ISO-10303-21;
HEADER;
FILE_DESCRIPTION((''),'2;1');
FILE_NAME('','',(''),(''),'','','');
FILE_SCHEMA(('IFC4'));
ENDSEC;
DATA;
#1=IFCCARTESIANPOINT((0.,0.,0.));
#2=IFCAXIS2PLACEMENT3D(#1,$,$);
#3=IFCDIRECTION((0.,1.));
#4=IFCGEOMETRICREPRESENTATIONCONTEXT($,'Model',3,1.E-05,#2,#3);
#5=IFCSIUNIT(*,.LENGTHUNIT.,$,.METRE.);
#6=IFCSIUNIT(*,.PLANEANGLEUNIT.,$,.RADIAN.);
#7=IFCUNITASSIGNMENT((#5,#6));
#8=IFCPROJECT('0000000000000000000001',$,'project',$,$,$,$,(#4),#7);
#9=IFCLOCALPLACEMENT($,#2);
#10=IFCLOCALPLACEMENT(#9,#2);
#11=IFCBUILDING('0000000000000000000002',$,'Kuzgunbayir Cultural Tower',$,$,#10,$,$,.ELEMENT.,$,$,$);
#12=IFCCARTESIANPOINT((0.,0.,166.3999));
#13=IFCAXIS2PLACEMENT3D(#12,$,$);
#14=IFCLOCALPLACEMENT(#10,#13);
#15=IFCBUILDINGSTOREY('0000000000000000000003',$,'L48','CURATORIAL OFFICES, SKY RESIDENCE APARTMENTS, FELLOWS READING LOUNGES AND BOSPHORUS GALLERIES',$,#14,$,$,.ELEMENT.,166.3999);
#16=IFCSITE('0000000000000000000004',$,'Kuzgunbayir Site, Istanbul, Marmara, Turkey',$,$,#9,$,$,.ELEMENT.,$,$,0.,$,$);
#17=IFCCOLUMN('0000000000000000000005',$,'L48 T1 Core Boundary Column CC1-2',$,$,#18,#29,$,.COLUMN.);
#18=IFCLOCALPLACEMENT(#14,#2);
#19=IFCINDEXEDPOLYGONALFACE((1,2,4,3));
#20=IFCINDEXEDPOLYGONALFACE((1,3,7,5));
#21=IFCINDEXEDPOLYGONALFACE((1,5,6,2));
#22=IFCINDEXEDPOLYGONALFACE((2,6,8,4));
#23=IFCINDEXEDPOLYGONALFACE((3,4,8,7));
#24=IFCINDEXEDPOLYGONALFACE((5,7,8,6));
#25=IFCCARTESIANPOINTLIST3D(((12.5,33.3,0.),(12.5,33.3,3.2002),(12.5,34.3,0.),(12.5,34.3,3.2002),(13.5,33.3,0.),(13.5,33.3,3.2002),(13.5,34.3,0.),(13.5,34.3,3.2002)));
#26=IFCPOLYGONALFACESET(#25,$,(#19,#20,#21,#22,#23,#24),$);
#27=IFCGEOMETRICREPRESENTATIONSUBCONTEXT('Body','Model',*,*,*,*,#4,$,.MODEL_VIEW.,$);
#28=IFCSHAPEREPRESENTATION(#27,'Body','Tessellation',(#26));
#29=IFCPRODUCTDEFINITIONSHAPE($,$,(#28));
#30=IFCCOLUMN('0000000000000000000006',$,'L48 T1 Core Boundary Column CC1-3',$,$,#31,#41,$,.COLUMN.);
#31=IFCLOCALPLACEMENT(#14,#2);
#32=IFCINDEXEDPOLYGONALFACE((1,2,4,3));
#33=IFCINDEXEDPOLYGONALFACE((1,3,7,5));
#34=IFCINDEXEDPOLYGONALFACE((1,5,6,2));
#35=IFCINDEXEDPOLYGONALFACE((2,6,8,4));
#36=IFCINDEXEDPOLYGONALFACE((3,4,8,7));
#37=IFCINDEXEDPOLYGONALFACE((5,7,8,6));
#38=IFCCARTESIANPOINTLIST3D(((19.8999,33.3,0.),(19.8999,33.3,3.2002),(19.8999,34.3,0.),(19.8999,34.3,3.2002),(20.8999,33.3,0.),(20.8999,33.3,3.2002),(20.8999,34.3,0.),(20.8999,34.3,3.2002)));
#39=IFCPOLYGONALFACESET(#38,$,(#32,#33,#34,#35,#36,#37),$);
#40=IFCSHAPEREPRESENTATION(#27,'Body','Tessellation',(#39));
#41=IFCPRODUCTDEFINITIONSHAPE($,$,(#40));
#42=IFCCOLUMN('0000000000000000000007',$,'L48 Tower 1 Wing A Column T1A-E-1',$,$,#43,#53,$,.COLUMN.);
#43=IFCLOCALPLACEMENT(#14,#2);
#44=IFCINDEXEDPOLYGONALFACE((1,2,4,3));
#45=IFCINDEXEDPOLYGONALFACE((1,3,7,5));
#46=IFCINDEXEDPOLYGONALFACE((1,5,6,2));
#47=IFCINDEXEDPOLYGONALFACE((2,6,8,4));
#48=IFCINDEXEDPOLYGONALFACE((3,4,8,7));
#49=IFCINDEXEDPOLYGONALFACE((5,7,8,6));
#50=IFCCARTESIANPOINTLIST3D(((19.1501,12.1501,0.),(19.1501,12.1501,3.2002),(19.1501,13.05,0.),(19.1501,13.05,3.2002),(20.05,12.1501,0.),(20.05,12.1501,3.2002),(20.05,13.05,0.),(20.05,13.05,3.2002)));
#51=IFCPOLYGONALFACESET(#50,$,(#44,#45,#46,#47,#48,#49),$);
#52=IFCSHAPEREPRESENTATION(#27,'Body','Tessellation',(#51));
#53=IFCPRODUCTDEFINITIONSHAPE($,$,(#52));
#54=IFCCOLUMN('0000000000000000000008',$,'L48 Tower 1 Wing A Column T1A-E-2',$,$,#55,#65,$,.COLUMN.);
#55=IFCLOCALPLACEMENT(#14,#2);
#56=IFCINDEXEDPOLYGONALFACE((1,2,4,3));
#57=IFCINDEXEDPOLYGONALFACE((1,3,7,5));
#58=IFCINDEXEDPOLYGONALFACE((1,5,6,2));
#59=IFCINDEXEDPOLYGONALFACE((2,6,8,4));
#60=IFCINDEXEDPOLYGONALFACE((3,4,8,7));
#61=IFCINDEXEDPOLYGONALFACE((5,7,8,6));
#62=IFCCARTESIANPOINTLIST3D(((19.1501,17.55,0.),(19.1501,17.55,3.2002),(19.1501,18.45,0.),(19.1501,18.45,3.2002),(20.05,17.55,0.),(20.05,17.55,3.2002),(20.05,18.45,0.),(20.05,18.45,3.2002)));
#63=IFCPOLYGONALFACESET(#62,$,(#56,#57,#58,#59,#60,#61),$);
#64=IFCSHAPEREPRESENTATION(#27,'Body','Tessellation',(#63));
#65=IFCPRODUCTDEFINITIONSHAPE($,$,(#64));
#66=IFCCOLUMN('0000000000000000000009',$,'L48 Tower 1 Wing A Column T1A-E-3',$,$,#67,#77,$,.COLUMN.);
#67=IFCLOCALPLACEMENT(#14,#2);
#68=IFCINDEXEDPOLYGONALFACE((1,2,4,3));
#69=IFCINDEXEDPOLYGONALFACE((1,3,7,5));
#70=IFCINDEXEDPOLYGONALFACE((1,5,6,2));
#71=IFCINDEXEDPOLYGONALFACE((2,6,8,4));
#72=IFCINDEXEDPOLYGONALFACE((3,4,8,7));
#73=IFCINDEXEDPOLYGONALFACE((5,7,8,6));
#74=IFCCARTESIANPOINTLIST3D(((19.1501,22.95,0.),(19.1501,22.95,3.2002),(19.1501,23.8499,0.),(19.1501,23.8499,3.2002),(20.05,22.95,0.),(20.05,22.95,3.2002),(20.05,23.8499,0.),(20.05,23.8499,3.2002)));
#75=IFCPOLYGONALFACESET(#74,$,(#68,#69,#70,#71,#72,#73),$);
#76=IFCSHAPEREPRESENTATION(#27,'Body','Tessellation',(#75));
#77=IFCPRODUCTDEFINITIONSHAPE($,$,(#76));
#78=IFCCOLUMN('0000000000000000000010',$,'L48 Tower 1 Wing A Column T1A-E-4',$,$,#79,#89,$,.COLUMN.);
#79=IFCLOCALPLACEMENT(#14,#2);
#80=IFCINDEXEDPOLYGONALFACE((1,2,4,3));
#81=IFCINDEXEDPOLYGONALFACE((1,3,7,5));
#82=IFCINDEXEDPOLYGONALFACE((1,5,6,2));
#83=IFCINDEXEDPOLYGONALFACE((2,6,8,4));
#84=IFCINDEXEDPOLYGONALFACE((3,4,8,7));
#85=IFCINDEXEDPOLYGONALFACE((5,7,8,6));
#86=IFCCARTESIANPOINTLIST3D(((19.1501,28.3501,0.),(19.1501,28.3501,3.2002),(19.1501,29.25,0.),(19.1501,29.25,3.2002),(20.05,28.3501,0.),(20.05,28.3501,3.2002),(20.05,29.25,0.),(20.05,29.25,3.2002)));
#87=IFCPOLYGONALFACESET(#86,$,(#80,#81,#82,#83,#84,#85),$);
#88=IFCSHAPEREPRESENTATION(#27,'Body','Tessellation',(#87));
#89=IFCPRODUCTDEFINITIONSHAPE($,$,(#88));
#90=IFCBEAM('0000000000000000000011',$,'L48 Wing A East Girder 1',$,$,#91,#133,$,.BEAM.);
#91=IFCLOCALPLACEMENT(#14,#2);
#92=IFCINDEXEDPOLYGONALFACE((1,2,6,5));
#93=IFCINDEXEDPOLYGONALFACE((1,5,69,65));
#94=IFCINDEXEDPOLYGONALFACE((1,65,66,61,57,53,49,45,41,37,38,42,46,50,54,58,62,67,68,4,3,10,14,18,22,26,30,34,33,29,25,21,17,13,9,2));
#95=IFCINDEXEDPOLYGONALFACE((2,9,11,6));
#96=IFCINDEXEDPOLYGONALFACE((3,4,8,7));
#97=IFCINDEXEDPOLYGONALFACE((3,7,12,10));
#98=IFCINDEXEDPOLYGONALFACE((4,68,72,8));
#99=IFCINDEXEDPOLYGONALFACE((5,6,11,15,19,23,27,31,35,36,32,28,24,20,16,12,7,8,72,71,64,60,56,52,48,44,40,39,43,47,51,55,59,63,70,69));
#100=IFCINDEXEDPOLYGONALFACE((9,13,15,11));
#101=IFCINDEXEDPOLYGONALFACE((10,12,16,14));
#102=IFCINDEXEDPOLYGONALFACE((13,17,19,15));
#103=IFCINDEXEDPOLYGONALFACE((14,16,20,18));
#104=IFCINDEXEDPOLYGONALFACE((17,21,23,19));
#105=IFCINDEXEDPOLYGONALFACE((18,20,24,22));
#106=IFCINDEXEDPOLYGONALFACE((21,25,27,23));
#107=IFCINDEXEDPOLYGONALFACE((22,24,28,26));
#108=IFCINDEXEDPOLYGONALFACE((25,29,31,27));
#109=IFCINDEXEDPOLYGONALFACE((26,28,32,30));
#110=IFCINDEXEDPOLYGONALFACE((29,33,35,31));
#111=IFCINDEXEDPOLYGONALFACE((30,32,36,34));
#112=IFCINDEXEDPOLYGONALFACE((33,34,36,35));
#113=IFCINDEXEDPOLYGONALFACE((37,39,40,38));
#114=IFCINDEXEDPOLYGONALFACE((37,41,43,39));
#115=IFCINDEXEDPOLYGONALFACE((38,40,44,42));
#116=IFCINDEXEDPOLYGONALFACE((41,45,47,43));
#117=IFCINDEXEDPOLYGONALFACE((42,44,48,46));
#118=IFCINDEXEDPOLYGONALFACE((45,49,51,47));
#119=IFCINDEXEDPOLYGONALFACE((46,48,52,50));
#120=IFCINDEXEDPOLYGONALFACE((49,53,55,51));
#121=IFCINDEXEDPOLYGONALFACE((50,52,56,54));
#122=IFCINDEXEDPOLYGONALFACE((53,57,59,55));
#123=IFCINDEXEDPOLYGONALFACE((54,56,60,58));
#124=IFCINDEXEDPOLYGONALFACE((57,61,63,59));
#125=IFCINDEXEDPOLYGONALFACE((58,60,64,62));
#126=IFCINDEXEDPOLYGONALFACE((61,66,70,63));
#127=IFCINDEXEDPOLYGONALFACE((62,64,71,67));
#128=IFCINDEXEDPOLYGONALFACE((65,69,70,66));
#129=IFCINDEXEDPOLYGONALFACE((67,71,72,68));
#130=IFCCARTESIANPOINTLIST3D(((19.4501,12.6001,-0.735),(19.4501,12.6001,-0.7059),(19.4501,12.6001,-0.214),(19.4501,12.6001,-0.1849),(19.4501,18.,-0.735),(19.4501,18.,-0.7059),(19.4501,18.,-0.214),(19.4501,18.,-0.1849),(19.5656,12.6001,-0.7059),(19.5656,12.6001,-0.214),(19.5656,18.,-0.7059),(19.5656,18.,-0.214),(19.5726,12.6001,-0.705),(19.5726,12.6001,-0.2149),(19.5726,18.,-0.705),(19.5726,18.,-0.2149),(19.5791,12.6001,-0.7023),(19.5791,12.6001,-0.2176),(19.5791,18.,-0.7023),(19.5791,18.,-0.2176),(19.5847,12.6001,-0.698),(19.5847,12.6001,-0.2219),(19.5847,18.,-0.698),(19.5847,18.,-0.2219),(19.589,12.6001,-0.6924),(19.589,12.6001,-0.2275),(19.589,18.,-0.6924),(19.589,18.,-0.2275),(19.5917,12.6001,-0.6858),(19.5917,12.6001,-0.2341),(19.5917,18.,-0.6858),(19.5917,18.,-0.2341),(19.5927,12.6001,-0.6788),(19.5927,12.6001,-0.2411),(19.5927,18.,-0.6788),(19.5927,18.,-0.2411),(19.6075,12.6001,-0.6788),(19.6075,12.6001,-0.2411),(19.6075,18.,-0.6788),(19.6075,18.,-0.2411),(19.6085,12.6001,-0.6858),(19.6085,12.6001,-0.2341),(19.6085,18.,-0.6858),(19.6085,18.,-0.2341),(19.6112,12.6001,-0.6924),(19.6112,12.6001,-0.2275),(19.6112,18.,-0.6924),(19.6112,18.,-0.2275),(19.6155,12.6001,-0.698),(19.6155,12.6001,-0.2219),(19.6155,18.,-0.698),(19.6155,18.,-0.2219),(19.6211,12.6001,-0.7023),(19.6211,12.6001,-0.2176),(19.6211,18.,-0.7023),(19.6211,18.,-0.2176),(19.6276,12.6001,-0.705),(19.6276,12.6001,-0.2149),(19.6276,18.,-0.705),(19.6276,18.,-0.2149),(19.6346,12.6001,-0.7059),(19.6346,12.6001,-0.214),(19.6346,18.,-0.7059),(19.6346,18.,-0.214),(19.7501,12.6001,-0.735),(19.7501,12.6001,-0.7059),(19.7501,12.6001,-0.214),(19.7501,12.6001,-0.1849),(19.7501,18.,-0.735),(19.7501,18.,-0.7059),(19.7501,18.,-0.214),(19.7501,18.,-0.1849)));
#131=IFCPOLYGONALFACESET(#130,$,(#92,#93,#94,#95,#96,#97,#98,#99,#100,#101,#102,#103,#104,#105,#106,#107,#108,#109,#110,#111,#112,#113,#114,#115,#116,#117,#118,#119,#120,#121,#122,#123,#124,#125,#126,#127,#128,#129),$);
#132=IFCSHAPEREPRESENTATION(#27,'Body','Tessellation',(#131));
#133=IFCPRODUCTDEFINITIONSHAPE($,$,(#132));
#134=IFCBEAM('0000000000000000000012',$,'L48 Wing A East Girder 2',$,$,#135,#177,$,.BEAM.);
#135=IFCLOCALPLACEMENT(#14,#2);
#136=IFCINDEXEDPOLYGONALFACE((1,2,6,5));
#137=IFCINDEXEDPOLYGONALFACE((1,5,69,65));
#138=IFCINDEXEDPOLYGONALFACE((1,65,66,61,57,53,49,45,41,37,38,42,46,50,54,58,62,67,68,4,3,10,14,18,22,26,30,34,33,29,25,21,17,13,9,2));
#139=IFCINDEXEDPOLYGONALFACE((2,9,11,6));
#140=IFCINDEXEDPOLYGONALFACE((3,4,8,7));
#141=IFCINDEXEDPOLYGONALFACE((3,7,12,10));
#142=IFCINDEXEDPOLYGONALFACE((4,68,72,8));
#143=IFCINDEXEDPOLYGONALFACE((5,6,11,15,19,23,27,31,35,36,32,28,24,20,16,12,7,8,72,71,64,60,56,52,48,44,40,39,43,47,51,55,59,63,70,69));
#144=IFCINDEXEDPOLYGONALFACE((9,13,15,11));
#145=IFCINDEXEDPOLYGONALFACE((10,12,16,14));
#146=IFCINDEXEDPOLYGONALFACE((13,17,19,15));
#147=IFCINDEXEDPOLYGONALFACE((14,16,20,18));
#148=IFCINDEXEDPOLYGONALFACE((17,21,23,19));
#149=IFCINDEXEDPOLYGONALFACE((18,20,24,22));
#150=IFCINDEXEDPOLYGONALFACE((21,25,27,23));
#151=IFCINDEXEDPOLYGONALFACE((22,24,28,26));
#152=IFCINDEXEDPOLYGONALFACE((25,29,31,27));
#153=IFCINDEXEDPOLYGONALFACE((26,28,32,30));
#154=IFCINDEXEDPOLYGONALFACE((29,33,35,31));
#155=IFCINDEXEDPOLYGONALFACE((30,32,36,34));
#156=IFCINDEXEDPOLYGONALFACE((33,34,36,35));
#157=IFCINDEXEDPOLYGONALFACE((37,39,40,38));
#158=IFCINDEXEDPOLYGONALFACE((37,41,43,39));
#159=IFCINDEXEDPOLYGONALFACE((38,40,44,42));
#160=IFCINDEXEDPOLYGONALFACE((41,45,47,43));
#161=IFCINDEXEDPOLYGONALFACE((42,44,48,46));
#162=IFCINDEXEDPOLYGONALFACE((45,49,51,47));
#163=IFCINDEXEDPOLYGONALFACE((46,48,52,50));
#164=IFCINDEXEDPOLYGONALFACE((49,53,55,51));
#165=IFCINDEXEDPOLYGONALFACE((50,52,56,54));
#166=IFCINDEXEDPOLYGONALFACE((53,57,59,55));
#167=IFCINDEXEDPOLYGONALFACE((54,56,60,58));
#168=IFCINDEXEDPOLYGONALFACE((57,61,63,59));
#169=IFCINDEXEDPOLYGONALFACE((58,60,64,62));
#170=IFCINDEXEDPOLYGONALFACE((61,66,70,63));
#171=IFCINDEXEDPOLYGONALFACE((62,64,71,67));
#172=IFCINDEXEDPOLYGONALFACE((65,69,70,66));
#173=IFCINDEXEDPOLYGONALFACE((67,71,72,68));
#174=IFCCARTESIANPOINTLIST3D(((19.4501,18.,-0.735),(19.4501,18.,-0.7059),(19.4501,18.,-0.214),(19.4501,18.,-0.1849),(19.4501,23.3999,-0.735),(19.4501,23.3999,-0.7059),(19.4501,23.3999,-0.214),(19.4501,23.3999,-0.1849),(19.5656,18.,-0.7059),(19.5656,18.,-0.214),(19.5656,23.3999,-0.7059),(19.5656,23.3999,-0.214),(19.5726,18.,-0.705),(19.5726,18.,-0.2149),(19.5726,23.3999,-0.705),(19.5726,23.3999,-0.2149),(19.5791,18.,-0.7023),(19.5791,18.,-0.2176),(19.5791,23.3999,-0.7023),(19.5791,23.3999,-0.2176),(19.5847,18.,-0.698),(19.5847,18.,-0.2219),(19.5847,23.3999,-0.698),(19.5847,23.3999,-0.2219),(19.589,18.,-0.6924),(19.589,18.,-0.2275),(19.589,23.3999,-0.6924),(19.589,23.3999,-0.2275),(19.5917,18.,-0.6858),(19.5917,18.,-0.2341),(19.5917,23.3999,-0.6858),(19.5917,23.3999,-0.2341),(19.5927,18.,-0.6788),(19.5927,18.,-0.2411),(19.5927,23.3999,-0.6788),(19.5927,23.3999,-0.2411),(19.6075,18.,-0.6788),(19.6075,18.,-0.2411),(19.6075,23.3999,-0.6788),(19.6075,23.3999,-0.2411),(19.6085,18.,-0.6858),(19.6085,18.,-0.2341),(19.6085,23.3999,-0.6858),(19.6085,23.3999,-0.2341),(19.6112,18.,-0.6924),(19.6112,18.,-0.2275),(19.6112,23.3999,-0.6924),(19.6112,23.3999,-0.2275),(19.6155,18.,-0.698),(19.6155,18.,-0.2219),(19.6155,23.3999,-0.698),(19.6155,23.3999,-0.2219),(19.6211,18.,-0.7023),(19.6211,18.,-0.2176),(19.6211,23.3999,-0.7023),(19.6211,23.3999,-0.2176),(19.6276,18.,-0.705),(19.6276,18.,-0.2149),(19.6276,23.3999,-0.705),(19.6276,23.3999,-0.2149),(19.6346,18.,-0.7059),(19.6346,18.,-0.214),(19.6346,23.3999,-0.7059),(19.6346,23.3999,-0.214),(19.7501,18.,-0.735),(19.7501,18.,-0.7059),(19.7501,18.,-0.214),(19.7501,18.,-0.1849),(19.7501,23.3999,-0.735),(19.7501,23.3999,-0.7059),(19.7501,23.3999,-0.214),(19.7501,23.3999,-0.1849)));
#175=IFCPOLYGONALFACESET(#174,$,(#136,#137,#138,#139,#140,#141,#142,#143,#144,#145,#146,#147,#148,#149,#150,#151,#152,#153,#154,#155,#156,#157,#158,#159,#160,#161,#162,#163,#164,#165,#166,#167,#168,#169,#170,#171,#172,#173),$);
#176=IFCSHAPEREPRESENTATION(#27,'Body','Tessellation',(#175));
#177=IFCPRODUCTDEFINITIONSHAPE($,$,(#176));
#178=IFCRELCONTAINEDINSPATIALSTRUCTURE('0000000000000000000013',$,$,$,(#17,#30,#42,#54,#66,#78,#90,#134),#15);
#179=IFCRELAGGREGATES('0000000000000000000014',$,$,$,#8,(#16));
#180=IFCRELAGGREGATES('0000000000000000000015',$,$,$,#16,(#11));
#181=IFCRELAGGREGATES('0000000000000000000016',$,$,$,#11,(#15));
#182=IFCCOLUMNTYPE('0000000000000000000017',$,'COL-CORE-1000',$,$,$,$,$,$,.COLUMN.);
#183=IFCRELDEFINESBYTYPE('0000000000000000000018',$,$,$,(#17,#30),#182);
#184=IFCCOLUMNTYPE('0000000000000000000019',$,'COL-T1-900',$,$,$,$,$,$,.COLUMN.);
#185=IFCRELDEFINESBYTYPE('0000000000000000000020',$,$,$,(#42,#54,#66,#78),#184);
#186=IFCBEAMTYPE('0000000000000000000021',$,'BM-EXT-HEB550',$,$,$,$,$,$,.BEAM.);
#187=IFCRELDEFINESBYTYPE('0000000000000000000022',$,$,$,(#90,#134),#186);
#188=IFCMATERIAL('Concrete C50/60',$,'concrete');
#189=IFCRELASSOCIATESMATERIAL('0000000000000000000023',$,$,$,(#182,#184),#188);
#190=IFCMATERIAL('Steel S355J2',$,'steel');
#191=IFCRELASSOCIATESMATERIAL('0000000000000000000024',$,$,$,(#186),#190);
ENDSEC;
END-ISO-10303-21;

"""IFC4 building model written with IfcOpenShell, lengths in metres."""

from ifc_helpers import new_model, si_unit, direction, frame, origin, origin_2d, place, context, subcontext, project, spatial, rectangle, i_section, extrude, material, material_profile, profile_set, type_object, element, save


model = new_model("IFC4")

# Units and contexts
model_context = context("Model", 3, precision=1e-05, world=origin(), true_north=direction((0.0, 1.0)))
body_context = subcontext(model_context, "Body", "Model", "MODEL_VIEW")
ifc_project = project(units=[si_unit("LENGTHUNIT", "METRE"), si_unit("PLANEANGLEUNIT", "RADIAN")], contexts=[model_context])

# Site, building, storey
site_placement = place(None, origin())
site = spatial("IfcSite", under=ifc_project, at=site_placement, Name="Kuzgunbayir Site, Istanbul, Marmara, Turkey", CompositionType="ELEMENT", RefElevation=0.0)
building_placement = place(site_placement, origin())
building = spatial("IfcBuilding", under=site, at=building_placement, Name="Kuzgunbayir Cultural Tower", CompositionType="ELEMENT")
storey_placement = place(building_placement, frame((0.0, 0.0, 166.3999)))
storey = spatial("IfcBuildingStorey", under=building, at=storey_placement, Name="L48", Description="CURATORIAL OFFICES, SKY RESIDENCE APARTMENTS, FELLOWS READING LOUNGES AND BOSPHORUS GALLERIES", CompositionType="ELEMENT", Elevation=166.3999)

# Columns
ifc_material_1 = material(Name="Concrete C50/60", Category="concrete")
ifc_material_profile_1 = material_profile(ifc_material_1, rectangle(XDim=1.0, YDim=1.0, at=origin_2d()), Name="RC 1000x1000")
ifc_profile_set_1 = profile_set([ifc_material_profile_1], Name="Concrete C50/60")
column_type_1 = type_object("IfcColumnType", Name="COL-CORE-1000", PredefinedType="COLUMN", material=ifc_profile_set_1)
for number, where, z_axis, x_axis, name in (
    (1, (13.0, 33.8, 0.0), (0.0, 0.0, 1.0), (1.0, 0.0, 0.0), "L48 T1 Core Boundary Column CC1-2"),
    (2, (20.3999, 33.8, 0.0), (0.0, 0.0, 1.0), (1.0, 0.0, 0.0), "L48 T1 Core Boundary Column CC1-3"),
):
    element("IfcColumn", number, at=place(storey_placement, frame(where, z_axis=z_axis, x_axis=x_axis)), inside=storey, type_object=column_type_1, Name=name, PredefinedType="COLUMN", context=body_context, shape_type="SweptSolid", body=[
        extrude(rectangle(XDim=1.0, YDim=1.0, at=origin_2d()), origin(), (0.0, 0.0, 1.0), 3.2002),
    ])
ifc_material_profile_2 = material_profile(ifc_material_1, rectangle(XDim=0.8999, YDim=0.8999, at=origin_2d()), Name="RC 900x900")
ifc_profile_set_2 = profile_set([ifc_material_profile_2], Name="Concrete C50/60")
column_type_2 = type_object("IfcColumnType", Name="COL-T1-900", PredefinedType="COLUMN", material=ifc_profile_set_2)
for number, where, z_axis, x_axis, name in (
    (3, (19.6001, 12.6001, 0.0), (0.0, 0.0, 1.0), (1.0, 0.0, 0.0), "L48 Tower 1 Wing A Column T1A-E-1"),
    (4, (19.6001, 18.0, 0.0), (0.0, 0.0, 1.0), (1.0, 0.0, 0.0), "L48 Tower 1 Wing A Column T1A-E-2"),
    (5, (19.6001, 23.3999, 0.0), (0.0, 0.0, 1.0), (1.0, 0.0, 0.0), "L48 Tower 1 Wing A Column T1A-E-3"),
    (6, (19.6001, 28.8, 0.0), (0.0, 0.0, 1.0), (1.0, 0.0, 0.0), "L48 Tower 1 Wing A Column T1A-E-4"),
):
    element("IfcColumn", number, at=place(storey_placement, frame(where, z_axis=z_axis, x_axis=x_axis)), inside=storey, type_object=column_type_2, Name=name, PredefinedType="COLUMN", context=body_context, shape_type="SweptSolid", body=[
        extrude(rectangle(XDim=0.8999, YDim=0.8999, at=origin_2d()), origin(), (0.0, 0.0, 1.0), 3.2002),
    ])

# Beams
ifc_material_2 = material(Name="Steel S355J2", Category="steel")
ifc_material_profile_3 = material_profile(ifc_material_2, i_section(OverallWidth=0.3, OverallDepth=0.55, WebThickness=0.0149, FlangeThickness=0.0291, FilletRadius=0.0271, at=origin_2d()), Name="HEB 550")
ifc_profile_set_3 = profile_set([ifc_material_profile_3], Name="Steel S355J2")
beam_type_1 = type_object("IfcBeamType", Name="BM-EXT-HEB550", PredefinedType="BEAM", material=ifc_profile_set_3)
for number, where, z_axis, x_axis, name in (
    (7, (19.6001, 12.6001, -0.46), (0.0, 1.0, 0.0), (-1.0, 0.0, 0.0), "L48 Wing A East Girder 1"),
    (8, (19.6001, 18.0, -0.46), (0.0, 1.0, 0.0), (-1.0, 0.0, 0.0), "L48 Wing A East Girder 2"),
):
    element("IfcBeam", number, at=place(storey_placement, frame(where, z_axis=z_axis, x_axis=x_axis)), inside=storey, type_object=beam_type_1, Name=name, PredefinedType="BEAM", context=body_context, shape_type="SweptSolid", body=[
        extrude(i_section(OverallWidth=0.3, OverallDepth=0.55, WebThickness=0.0149, FlangeThickness=0.0291, FilletRadius=0.0271, at=origin_2d()), origin(), (0.0, 0.0, 1.0), 5.3999),
    ])

save(model, "model.ifc")
